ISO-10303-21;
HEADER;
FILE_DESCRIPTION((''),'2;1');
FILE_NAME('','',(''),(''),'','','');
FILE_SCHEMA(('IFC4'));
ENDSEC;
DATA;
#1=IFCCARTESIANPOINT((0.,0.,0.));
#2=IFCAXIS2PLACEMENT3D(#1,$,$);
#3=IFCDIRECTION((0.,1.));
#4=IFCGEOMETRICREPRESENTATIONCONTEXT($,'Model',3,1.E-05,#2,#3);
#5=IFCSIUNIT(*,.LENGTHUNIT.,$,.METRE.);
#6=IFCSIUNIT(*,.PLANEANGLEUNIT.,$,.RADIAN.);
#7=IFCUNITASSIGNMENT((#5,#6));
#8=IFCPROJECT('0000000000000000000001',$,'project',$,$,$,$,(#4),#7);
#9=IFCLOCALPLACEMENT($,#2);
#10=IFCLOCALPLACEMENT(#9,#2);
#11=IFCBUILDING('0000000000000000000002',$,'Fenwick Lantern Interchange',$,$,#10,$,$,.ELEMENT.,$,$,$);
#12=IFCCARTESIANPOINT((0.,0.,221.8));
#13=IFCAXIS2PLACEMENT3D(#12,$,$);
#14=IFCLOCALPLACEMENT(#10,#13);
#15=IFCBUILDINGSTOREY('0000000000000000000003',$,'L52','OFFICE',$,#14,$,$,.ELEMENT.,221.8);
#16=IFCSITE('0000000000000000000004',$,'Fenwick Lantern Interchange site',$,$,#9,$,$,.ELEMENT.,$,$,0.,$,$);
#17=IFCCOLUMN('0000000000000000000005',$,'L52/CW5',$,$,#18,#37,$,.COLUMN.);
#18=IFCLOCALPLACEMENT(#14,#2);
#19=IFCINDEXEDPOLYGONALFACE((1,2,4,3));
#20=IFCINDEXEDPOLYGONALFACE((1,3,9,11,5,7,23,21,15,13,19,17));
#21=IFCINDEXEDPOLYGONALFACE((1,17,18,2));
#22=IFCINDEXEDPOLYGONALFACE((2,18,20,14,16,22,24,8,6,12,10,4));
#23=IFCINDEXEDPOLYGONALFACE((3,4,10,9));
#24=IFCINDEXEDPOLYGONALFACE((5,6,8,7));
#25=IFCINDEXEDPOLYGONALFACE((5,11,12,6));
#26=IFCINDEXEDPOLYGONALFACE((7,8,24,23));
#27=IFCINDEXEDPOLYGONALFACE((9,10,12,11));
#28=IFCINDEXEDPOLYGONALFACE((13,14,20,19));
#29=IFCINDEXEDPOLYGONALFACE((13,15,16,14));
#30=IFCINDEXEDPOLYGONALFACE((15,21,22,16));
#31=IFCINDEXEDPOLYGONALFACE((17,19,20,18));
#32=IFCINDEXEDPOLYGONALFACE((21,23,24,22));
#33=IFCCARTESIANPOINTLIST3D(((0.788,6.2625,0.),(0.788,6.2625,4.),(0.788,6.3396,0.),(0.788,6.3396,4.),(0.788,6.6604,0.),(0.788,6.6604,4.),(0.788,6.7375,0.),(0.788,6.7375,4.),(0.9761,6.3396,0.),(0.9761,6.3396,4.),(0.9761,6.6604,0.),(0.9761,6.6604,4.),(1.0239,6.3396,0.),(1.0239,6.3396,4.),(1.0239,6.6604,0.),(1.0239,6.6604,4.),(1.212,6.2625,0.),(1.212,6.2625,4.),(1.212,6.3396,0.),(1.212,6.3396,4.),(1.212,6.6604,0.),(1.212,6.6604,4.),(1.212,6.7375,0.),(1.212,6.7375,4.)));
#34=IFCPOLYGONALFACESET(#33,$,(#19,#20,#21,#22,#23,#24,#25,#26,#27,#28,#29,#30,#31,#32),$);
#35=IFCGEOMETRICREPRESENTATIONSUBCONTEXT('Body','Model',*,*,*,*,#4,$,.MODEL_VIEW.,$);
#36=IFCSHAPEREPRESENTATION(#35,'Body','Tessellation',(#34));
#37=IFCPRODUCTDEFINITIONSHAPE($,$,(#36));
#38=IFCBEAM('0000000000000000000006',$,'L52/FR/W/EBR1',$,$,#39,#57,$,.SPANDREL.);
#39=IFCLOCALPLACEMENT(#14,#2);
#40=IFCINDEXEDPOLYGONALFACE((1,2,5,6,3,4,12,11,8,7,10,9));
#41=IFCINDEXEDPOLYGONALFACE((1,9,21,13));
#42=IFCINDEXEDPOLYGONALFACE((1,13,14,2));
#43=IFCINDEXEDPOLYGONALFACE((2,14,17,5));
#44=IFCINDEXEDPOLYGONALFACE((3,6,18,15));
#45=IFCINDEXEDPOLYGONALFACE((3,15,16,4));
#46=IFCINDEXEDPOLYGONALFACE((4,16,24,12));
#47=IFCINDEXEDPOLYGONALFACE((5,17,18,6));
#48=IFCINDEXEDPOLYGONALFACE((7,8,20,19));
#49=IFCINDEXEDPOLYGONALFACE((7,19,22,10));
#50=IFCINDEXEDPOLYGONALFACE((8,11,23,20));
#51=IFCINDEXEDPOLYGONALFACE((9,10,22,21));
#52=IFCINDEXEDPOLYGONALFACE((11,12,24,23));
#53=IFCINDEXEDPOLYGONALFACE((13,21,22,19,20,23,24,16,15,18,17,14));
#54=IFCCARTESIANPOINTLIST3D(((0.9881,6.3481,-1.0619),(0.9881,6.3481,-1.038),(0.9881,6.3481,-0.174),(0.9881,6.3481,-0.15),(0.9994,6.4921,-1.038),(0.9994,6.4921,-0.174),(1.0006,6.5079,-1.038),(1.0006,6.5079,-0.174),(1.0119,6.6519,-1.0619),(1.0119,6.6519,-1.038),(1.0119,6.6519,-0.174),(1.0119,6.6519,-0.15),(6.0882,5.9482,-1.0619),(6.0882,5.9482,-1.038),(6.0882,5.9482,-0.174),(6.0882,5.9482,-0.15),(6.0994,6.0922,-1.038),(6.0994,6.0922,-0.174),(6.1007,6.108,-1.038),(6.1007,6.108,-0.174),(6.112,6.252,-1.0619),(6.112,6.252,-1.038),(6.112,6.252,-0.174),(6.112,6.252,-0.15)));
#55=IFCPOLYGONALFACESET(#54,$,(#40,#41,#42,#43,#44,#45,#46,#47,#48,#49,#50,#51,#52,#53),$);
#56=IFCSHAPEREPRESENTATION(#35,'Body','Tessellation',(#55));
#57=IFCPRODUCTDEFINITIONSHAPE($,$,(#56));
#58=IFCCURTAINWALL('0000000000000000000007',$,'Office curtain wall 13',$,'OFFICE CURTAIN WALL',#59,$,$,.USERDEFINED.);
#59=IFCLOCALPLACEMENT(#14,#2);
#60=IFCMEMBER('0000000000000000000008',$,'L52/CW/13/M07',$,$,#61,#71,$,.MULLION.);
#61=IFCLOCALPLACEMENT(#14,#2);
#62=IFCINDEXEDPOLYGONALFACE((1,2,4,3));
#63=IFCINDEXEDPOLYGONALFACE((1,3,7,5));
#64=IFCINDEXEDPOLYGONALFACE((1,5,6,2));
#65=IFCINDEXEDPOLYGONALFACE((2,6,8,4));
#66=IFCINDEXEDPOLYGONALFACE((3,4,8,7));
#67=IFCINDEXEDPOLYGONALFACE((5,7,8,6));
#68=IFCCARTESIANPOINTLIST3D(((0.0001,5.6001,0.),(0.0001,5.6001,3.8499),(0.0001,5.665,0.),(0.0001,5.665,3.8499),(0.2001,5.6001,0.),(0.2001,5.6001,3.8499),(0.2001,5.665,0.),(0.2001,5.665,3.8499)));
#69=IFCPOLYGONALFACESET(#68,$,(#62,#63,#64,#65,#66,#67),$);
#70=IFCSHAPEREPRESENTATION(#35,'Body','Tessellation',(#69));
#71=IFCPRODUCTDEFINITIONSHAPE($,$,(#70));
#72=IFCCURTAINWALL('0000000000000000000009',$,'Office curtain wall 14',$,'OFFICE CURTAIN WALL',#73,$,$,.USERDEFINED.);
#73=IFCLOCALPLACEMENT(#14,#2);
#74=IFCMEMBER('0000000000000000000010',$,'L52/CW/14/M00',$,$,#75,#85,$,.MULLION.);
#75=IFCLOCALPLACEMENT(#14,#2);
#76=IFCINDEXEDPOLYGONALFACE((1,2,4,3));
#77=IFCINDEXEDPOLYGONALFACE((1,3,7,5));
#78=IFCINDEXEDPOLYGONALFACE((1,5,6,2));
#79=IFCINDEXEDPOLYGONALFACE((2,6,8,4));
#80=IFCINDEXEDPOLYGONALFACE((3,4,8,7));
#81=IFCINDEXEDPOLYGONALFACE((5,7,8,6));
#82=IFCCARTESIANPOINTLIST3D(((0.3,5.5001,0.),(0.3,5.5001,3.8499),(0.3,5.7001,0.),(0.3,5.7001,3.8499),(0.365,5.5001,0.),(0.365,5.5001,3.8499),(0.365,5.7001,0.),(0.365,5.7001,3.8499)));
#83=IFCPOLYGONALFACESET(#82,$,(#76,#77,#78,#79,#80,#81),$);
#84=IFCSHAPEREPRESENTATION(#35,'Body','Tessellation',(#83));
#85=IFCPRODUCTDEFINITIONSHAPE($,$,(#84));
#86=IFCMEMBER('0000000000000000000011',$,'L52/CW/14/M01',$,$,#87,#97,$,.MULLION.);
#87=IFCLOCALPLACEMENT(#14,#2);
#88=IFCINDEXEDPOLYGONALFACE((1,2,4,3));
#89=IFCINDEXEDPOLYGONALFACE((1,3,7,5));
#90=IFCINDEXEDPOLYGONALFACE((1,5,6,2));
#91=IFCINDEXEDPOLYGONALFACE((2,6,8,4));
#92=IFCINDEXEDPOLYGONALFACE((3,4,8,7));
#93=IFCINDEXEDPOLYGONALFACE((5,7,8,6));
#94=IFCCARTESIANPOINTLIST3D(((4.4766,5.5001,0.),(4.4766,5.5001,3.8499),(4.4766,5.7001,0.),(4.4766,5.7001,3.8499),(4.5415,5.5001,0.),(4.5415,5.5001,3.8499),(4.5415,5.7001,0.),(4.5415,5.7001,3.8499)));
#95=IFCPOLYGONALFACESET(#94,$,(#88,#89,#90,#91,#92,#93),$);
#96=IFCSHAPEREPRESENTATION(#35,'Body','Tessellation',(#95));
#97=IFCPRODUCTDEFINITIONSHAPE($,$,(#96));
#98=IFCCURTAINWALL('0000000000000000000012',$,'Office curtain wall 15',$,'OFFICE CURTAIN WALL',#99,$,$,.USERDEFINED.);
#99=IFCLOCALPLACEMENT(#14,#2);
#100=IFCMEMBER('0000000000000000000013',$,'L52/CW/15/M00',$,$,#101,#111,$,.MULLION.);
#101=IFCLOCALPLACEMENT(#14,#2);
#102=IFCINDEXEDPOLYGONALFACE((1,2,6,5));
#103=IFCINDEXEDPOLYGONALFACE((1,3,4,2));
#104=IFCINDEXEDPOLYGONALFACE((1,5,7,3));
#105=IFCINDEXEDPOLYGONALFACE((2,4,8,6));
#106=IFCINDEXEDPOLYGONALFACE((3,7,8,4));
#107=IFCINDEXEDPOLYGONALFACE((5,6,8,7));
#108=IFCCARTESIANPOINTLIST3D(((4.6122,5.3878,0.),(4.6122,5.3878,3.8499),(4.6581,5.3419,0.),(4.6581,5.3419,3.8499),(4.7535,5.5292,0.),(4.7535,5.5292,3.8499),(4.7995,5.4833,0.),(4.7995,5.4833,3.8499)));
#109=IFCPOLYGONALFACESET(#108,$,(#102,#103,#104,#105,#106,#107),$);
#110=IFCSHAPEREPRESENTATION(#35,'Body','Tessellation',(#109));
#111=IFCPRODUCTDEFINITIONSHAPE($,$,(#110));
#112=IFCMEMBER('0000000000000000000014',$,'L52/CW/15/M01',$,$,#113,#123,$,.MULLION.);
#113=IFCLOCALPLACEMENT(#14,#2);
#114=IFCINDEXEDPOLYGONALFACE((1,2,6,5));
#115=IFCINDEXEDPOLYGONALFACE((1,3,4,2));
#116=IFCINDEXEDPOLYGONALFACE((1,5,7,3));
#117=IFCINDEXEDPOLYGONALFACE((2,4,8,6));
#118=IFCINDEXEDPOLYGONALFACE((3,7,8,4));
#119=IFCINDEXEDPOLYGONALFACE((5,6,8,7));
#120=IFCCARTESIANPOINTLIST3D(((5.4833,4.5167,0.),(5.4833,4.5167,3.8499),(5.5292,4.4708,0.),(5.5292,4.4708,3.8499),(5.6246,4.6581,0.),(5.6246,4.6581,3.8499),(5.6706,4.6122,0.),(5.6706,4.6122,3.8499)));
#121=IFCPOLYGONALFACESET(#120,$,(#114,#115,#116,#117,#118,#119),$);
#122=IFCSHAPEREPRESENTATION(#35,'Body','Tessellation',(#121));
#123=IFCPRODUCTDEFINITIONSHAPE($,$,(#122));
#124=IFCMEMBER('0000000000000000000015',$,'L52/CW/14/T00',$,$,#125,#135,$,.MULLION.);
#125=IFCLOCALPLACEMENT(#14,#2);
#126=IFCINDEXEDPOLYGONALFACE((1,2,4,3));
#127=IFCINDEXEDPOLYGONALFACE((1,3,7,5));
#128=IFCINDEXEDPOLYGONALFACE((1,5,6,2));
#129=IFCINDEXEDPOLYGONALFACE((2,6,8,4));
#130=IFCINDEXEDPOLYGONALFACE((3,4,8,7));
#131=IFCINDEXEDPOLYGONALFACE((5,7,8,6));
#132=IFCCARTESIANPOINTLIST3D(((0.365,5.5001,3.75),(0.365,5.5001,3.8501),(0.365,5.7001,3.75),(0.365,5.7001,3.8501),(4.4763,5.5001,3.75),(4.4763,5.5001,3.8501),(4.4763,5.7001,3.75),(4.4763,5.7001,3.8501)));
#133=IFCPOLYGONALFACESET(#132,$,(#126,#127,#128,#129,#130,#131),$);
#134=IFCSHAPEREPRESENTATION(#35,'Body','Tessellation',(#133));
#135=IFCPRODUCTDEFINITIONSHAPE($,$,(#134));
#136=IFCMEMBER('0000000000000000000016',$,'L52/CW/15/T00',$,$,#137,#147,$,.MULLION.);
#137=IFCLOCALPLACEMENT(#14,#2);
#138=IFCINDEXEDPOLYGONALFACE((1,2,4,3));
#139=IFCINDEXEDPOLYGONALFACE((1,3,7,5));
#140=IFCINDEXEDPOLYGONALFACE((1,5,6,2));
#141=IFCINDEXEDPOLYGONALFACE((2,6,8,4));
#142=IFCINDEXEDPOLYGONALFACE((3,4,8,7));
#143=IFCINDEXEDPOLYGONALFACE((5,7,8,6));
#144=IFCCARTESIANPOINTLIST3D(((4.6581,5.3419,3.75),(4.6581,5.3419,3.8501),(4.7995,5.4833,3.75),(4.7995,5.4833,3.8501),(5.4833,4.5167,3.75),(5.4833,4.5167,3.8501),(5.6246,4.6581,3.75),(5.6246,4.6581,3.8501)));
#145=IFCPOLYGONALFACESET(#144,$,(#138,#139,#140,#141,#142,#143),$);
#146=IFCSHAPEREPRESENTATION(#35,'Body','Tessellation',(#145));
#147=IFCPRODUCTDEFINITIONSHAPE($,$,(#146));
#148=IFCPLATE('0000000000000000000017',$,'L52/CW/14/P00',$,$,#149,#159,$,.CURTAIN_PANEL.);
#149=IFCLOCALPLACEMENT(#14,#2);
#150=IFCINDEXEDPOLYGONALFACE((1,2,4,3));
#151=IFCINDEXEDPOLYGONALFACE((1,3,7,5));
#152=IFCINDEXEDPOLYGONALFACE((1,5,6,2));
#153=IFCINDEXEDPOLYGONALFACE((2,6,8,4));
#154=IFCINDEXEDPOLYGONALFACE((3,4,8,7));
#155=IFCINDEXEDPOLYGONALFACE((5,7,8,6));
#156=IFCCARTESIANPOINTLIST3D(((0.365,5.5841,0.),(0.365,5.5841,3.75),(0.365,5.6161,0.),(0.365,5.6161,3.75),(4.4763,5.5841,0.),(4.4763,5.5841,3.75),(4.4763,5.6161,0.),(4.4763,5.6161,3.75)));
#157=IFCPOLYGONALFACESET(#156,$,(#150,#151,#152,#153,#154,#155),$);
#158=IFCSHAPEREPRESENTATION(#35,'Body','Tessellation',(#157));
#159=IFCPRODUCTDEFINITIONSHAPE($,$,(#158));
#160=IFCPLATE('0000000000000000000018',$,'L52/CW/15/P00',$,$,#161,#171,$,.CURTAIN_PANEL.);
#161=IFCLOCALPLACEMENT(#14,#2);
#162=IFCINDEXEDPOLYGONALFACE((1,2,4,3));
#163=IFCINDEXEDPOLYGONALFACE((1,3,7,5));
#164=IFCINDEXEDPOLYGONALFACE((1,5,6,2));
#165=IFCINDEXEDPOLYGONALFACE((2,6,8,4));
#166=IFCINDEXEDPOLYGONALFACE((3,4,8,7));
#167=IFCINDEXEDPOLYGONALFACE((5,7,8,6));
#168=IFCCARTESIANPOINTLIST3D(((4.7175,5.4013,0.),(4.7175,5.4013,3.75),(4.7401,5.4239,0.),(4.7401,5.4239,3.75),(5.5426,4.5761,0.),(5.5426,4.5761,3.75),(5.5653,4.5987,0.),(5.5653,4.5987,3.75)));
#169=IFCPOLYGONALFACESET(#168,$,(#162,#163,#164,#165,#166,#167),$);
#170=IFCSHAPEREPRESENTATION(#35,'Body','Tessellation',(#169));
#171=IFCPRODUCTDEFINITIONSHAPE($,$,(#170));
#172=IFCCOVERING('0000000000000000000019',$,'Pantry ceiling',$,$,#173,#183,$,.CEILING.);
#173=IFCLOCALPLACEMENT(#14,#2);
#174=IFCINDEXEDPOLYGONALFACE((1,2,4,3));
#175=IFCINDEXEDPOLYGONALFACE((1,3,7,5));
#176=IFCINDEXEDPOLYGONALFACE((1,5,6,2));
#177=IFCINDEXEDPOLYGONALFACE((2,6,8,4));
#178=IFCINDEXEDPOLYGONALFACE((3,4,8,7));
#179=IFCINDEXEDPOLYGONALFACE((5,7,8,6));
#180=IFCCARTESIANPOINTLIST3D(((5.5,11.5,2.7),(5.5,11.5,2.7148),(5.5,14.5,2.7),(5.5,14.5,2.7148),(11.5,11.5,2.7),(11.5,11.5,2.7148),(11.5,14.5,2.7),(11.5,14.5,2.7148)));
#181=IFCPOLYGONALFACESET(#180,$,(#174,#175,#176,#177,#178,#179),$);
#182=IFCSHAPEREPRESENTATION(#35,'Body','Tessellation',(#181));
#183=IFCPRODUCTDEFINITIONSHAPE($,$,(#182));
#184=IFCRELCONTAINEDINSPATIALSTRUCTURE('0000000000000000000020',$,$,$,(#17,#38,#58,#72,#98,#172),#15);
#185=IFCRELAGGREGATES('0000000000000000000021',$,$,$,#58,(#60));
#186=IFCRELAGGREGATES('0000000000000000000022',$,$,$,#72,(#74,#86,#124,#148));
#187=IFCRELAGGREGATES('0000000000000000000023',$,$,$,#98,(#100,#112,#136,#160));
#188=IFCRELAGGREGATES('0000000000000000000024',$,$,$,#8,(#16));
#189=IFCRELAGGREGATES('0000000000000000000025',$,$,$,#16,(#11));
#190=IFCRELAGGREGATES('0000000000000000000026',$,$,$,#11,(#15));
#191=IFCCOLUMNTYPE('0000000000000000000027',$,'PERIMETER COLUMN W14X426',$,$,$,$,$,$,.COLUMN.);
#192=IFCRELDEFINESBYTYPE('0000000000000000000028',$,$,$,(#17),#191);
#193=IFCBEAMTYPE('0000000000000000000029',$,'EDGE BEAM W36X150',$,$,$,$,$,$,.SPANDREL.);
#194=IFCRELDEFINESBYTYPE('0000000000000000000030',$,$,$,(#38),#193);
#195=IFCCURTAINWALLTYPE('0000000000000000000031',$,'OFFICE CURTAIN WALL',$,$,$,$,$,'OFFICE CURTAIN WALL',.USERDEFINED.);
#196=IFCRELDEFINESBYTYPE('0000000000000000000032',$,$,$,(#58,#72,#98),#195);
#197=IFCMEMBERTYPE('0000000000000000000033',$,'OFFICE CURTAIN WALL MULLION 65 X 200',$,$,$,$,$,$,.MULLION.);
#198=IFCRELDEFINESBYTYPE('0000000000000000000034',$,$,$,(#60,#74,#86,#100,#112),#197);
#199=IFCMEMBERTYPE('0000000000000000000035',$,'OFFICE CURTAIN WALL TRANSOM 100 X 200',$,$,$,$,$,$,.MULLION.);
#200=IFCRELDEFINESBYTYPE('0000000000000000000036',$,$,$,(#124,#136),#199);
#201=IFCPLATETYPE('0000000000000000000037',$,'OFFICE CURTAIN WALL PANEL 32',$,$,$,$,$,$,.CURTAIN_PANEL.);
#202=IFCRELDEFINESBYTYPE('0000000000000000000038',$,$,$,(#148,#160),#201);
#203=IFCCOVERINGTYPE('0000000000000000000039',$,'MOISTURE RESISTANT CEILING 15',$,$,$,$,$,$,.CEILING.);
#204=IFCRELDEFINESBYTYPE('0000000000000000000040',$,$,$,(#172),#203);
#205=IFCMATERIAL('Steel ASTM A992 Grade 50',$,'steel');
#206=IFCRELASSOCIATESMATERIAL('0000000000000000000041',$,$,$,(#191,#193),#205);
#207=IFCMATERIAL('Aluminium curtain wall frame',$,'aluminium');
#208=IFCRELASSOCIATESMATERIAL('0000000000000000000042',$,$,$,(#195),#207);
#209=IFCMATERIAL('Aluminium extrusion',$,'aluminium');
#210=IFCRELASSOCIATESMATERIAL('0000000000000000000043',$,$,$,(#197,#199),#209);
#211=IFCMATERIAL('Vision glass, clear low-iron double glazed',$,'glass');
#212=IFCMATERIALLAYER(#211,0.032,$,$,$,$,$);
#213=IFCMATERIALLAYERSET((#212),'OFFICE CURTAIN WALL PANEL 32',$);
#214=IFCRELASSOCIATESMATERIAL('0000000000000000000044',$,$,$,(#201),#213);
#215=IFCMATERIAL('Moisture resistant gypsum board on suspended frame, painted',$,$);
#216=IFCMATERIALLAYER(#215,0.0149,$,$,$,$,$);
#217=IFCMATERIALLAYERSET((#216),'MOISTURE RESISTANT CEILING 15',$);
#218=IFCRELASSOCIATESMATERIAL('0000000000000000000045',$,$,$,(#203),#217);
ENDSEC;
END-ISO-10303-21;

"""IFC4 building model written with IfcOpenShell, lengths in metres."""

from ifc_helpers import new_model, si_unit, direction, frame, origin, origin_2d, place, context, subcontext, project, spatial, polyline, rectangle, i_section, outline, extrude, material, layer, layer_set, material_profile, profile_set, type_object, element, aggregate, save


model = new_model("IFC4")

# Units and contexts
model_context = context("Model", 3, precision=1e-05, world=origin(), true_north=direction((0.0, 1.0)))
body_context = subcontext(model_context, "Body", "Model", "MODEL_VIEW")
ifc_project = project(units=[si_unit("LENGTHUNIT", "METRE"), si_unit("PLANEANGLEUNIT", "RADIAN")], contexts=[model_context])

# Site, building, storey
site_placement = place(None, origin())
site = spatial("IfcSite", under=ifc_project, at=site_placement, Name="Fenwick Lantern Interchange site", CompositionType="ELEMENT", RefElevation=0.0)
building_placement = place(site_placement, origin())
building = spatial("IfcBuilding", under=site, at=building_placement, Name="Fenwick Lantern Interchange", CompositionType="ELEMENT")
storey_placement = place(building_placement, frame((0.0, 0.0, 221.8)))
storey = spatial("IfcBuildingStorey", under=building, at=storey_placement, Name="L52", Description="OFFICE", CompositionType="ELEMENT", Elevation=221.8)

# Column
ifc_material_1 = material(Name="Steel ASTM A992 Grade 50", Category="steel")
ifc_material_profile_1 = material_profile(ifc_material_1, i_section(OverallWidth=0.4241, OverallDepth=0.4751, WebThickness=0.0479, FlangeThickness=0.0771, at=origin_2d()), Name="W14X426")
ifc_profile_set_1 = profile_set([ifc_material_profile_1], Name="Steel ASTM A992 Grade 50")
column_type = type_object("IfcColumnType", Name="PERIMETER COLUMN W14X426", PredefinedType="COLUMN", material=ifc_profile_set_1)
column_placement = place(storey_placement, frame((1.0, 6.5, 0.0), z_axis=(0.0, 0.0, 1.0), x_axis=(1.0, 0.0, 0.0)))
element("IfcColumn", 1, at=column_placement, inside=storey, type_object=column_type, Name="L52/CW5", PredefinedType="COLUMN", context=body_context, shape_type="SweptSolid", body=[
    extrude(i_section(OverallWidth=0.4241, OverallDepth=0.4751, WebThickness=0.0479, FlangeThickness=0.0771, at=origin_2d()), origin(), (0.0, 0.0, 1.0), 4.0),
])

# Beam
ifc_material_profile_2 = material_profile(ifc_material_1, i_section(OverallWidth=0.3047, OverallDepth=0.9119, WebThickness=0.0159, FlangeThickness=0.0239, at=origin_2d()), Name="W36X150")
ifc_profile_set_2 = profile_set([ifc_material_profile_2], Name="Steel ASTM A992 Grade 50")
beam_type = type_object("IfcBeamType", Name="EDGE BEAM W36X150", PredefinedType="SPANDREL", material=ifc_profile_set_2)
beam_placement = place(storey_placement, frame((1.0, 6.5, -0.606), z_axis=(0.99694, -0.078171, 0.0), x_axis=(0.078171, 0.99694, 0.0)))
element("IfcBeam", 2, at=beam_placement, inside=storey, type_object=beam_type, Name="L52/FR/W/EBR1", PredefinedType="SPANDREL", context=body_context, shape_type="SweptSolid", body=[
    extrude(i_section(OverallWidth=0.3047, OverallDepth=0.9119, WebThickness=0.0159, FlangeThickness=0.0239, at=origin_2d()), origin(), (0.0, 0.0, 1.0), 5.1157),
])

# Curtain wall, member
ifc_material_2 = material(Name="Aluminium curtain wall frame", Category="aluminium")
curtain_wall_type = type_object("IfcCurtainWallType", Name="OFFICE CURTAIN WALL", ElementType="OFFICE CURTAIN WALL", PredefinedType="USERDEFINED", material=ifc_material_2)
curtain_wall_1_placement = place(storey_placement, origin())
curtain_wall_1 = element("IfcCurtainWall", 3, at=curtain_wall_1_placement, inside=storey, type_object=curtain_wall_type, Name="Office curtain wall 13", ObjectType="OFFICE CURTAIN WALL", PredefinedType="USERDEFINED")
ifc_material_3 = material(Name="Aluminium extrusion", Category="aluminium")
ifc_material_profile_3 = material_profile(ifc_material_3, rectangle(XDim=0.2, YDim=0.0649, at=origin_2d()), Name="OFFICE CURTAIN WALL MULLION 65 X 200")
ifc_profile_set_3 = profile_set([ifc_material_profile_3], Name="Aluminium extrusion")
member_type_1 = type_object("IfcMemberType", Name="OFFICE CURTAIN WALL MULLION 65 X 200", PredefinedType="MULLION", material=ifc_profile_set_3)
member_1_placement = place(storey_placement, frame((0.1001, 5.6326, 0.0), z_axis=(0.0, 0.0, 1.0), x_axis=(1.0, 0.0, 0.0)))
member_1 = element("IfcMember", 4, at=member_1_placement, type_object=member_type_1, Name="L52/CW/13/M07", PredefinedType="MULLION", context=body_context, shape_type="SweptSolid", body=[
    extrude(rectangle(XDim=0.2, YDim=0.0649, at=origin_2d()), origin(), (0.0, 0.0, 1.0), 3.8499),
])
aggregate(curtain_wall_1, [member_1])

# Curtain walls, members
curtain_wall_2_placement = place(storey_placement, origin())
curtain_wall_2 = element("IfcCurtainWall", 5, at=curtain_wall_2_placement, inside=storey, type_object=curtain_wall_type, Name="Office curtain wall 14", ObjectType="OFFICE CURTAIN WALL", PredefinedType="USERDEFINED")
member_2_placement = place(storey_placement, frame((0.3325, 5.6001, 0.0), z_axis=(0.0, 0.0, 1.0), x_axis=(0.0, 1.0, 0.0)))
member_2 = element("IfcMember", 6, at=member_2_placement, type_object=member_type_1, Name="L52/CW/14/M00", PredefinedType="MULLION", context=body_context, shape_type="SweptSolid", body=[
    extrude(rectangle(XDim=0.2, YDim=0.0649, at=origin_2d()), origin(), (0.0, 0.0, 1.0), 3.8499),
])
member_3_placement = place(storey_placement, frame((4.509, 5.6001, 0.0), z_axis=(0.0, 0.0, 1.0), x_axis=(0.0, 1.0, 0.0)))
member_3 = element("IfcMember", 7, at=member_3_placement, type_object=member_type_1, Name="L52/CW/14/M01", PredefinedType="MULLION", context=body_context, shape_type="SweptSolid", body=[
    extrude(rectangle(XDim=0.2, YDim=0.0649, at=origin_2d()), origin(), (0.0, 0.0, 1.0), 3.8499),
])
curtain_wall_3_placement = place(storey_placement, origin())
curtain_wall_3 = element("IfcCurtainWall", 8, at=curtain_wall_3_placement, inside=storey, type_object=curtain_wall_type, Name="Office curtain wall 15", ObjectType="OFFICE CURTAIN WALL", PredefinedType="USERDEFINED")
member_4_placement = place(storey_placement, frame((4.7058, 5.4355, 0.0), z_axis=(0.0, 0.0, 1.0), x_axis=(0.707107, 0.707107, 0.0)))
member_4 = element("IfcMember", 9, at=member_4_placement, type_object=member_type_1, Name="L52/CW/15/M00", PredefinedType="MULLION", context=body_context, shape_type="SweptSolid", body=[
    extrude(rectangle(XDim=0.2, YDim=0.0649, at=origin_2d()), origin(), (0.0, 0.0, 1.0), 3.8499),
])
member_5_placement = place(storey_placement, frame((5.5769, 4.5645, 0.0), z_axis=(0.0, 0.0, 1.0), x_axis=(0.707107, 0.707107, 0.0)))
member_5 = element("IfcMember", 10, at=member_5_placement, type_object=member_type_1, Name="L52/CW/15/M01", PredefinedType="MULLION", context=body_context, shape_type="SweptSolid", body=[
    extrude(rectangle(XDim=0.2, YDim=0.0649, at=origin_2d()), origin(), (0.0, 0.0, 1.0), 3.8499),
])

# Members
ifc_material_profile_4 = material_profile(ifc_material_3, rectangle(XDim=0.2, YDim=0.1001, at=origin_2d()), Name="OFFICE CURTAIN WALL TRANSOM 100 X 200")
ifc_profile_set_4 = profile_set([ifc_material_profile_4], Name="Aluminium extrusion")
member_type_2 = type_object("IfcMemberType", Name="OFFICE CURTAIN WALL TRANSOM 100 X 200", PredefinedType="MULLION", material=ifc_profile_set_4)
member_6_placement = place(storey_placement, frame((0.365, 5.6001, 3.8), z_axis=(1.0, 0.0, 0.0), x_axis=(0.0, 1.0, 0.0)))
member_6 = element("IfcMember", 11, at=member_6_placement, type_object=member_type_2, Name="L52/CW/14/T00", PredefinedType="MULLION", context=body_context, shape_type="SweptSolid", body=[
    extrude(rectangle(XDim=0.2, YDim=0.1001, at=origin_2d()), origin(), (0.0, 0.0, 1.0), 4.1113),
])
member_7_placement = place(storey_placement, frame((4.7288, 5.4126, 3.8), z_axis=(0.707107, -0.707107, 0.0), x_axis=(0.707107, 0.707107, 0.0)))
member_7 = element("IfcMember", 12, at=member_7_placement, type_object=member_type_2, Name="L52/CW/15/T00", PredefinedType="MULLION", context=body_context, shape_type="SweptSolid", body=[
    extrude(rectangle(XDim=0.2, YDim=0.1001, at=origin_2d()), origin(), (0.0, 0.0, 1.0), 1.167),
])

# Shared definitions
ifc_material_4 = material(Name="Vision glass, clear low-iron double glazed", Category="glass")
ifc_layer_1 = layer(ifc_material_4, 0.032)
ifc_layer_set_1 = layer_set([ifc_layer_1], Name="OFFICE CURTAIN WALL PANEL 32")
plate_type = type_object("IfcPlateType", Name="OFFICE CURTAIN WALL PANEL 32", PredefinedType="CURTAIN_PANEL", material=ifc_layer_set_1)

# Plates
plate_1_placement = place(storey_placement, frame((2.4207, 5.6001, 0.0), z_axis=(0.0, 0.0, 1.0), x_axis=(1.0, 0.0, 0.0)))
plate_1 = element("IfcPlate", 13, at=plate_1_placement, type_object=plate_type, Name="L52/CW/14/P00", PredefinedType="CURTAIN_PANEL", context=body_context, shape_type="SweptSolid", body=[
    extrude(rectangle(XDim=4.1113, YDim=0.032, at=origin_2d()), origin(), (0.0, 0.0, 1.0), 3.75),
])
aggregate(curtain_wall_2, [member_2, member_3, member_6, plate_1])
plate_2_placement = place(storey_placement, frame((5.1414, 5.0, 0.0), z_axis=(0.0, 0.0, 1.0), x_axis=(0.707107, -0.707107, 0.0)))
plate_2 = element("IfcPlate", 14, at=plate_2_placement, type_object=plate_type, Name="L52/CW/15/P00", PredefinedType="CURTAIN_PANEL", context=body_context, shape_type="SweptSolid", body=[
    extrude(rectangle(XDim=1.167, YDim=0.032, at=origin_2d()), origin(), (0.0, 0.0, 1.0), 3.75),
])
aggregate(curtain_wall_3, [member_4, member_5, member_7, plate_2])

# Covering
ifc_material_5 = material(Name="Moisture resistant gypsum board on suspended frame, painted")
ifc_layer_2 = layer(ifc_material_5, 0.0149)
ifc_layer_set_2 = layer_set([ifc_layer_2], Name="MOISTURE RESISTANT CEILING 15")
covering_type_1 = type_object("IfcCoveringType", Name="MOISTURE RESISTANT CEILING 15", PredefinedType="CEILING", material=ifc_layer_set_2)
covering_1_placement = place(storey_placement, frame((0.0, 0.0, 2.7)))
element("IfcCovering", 15, at=covering_1_placement, inside=storey, type_object=covering_type_1, Name="Pantry ceiling", PredefinedType="CEILING", context=body_context, shape_type="SweptSolid", body=[
    extrude(outline(polyline([(5.5, 14.5), (5.5, 11.5), (11.5, 11.5), (11.5, 14.5), (5.5, 14.5)])), origin(), (0.0, 0.0, 1.0), 0.0149),
])

save(model, "model.ifc")
